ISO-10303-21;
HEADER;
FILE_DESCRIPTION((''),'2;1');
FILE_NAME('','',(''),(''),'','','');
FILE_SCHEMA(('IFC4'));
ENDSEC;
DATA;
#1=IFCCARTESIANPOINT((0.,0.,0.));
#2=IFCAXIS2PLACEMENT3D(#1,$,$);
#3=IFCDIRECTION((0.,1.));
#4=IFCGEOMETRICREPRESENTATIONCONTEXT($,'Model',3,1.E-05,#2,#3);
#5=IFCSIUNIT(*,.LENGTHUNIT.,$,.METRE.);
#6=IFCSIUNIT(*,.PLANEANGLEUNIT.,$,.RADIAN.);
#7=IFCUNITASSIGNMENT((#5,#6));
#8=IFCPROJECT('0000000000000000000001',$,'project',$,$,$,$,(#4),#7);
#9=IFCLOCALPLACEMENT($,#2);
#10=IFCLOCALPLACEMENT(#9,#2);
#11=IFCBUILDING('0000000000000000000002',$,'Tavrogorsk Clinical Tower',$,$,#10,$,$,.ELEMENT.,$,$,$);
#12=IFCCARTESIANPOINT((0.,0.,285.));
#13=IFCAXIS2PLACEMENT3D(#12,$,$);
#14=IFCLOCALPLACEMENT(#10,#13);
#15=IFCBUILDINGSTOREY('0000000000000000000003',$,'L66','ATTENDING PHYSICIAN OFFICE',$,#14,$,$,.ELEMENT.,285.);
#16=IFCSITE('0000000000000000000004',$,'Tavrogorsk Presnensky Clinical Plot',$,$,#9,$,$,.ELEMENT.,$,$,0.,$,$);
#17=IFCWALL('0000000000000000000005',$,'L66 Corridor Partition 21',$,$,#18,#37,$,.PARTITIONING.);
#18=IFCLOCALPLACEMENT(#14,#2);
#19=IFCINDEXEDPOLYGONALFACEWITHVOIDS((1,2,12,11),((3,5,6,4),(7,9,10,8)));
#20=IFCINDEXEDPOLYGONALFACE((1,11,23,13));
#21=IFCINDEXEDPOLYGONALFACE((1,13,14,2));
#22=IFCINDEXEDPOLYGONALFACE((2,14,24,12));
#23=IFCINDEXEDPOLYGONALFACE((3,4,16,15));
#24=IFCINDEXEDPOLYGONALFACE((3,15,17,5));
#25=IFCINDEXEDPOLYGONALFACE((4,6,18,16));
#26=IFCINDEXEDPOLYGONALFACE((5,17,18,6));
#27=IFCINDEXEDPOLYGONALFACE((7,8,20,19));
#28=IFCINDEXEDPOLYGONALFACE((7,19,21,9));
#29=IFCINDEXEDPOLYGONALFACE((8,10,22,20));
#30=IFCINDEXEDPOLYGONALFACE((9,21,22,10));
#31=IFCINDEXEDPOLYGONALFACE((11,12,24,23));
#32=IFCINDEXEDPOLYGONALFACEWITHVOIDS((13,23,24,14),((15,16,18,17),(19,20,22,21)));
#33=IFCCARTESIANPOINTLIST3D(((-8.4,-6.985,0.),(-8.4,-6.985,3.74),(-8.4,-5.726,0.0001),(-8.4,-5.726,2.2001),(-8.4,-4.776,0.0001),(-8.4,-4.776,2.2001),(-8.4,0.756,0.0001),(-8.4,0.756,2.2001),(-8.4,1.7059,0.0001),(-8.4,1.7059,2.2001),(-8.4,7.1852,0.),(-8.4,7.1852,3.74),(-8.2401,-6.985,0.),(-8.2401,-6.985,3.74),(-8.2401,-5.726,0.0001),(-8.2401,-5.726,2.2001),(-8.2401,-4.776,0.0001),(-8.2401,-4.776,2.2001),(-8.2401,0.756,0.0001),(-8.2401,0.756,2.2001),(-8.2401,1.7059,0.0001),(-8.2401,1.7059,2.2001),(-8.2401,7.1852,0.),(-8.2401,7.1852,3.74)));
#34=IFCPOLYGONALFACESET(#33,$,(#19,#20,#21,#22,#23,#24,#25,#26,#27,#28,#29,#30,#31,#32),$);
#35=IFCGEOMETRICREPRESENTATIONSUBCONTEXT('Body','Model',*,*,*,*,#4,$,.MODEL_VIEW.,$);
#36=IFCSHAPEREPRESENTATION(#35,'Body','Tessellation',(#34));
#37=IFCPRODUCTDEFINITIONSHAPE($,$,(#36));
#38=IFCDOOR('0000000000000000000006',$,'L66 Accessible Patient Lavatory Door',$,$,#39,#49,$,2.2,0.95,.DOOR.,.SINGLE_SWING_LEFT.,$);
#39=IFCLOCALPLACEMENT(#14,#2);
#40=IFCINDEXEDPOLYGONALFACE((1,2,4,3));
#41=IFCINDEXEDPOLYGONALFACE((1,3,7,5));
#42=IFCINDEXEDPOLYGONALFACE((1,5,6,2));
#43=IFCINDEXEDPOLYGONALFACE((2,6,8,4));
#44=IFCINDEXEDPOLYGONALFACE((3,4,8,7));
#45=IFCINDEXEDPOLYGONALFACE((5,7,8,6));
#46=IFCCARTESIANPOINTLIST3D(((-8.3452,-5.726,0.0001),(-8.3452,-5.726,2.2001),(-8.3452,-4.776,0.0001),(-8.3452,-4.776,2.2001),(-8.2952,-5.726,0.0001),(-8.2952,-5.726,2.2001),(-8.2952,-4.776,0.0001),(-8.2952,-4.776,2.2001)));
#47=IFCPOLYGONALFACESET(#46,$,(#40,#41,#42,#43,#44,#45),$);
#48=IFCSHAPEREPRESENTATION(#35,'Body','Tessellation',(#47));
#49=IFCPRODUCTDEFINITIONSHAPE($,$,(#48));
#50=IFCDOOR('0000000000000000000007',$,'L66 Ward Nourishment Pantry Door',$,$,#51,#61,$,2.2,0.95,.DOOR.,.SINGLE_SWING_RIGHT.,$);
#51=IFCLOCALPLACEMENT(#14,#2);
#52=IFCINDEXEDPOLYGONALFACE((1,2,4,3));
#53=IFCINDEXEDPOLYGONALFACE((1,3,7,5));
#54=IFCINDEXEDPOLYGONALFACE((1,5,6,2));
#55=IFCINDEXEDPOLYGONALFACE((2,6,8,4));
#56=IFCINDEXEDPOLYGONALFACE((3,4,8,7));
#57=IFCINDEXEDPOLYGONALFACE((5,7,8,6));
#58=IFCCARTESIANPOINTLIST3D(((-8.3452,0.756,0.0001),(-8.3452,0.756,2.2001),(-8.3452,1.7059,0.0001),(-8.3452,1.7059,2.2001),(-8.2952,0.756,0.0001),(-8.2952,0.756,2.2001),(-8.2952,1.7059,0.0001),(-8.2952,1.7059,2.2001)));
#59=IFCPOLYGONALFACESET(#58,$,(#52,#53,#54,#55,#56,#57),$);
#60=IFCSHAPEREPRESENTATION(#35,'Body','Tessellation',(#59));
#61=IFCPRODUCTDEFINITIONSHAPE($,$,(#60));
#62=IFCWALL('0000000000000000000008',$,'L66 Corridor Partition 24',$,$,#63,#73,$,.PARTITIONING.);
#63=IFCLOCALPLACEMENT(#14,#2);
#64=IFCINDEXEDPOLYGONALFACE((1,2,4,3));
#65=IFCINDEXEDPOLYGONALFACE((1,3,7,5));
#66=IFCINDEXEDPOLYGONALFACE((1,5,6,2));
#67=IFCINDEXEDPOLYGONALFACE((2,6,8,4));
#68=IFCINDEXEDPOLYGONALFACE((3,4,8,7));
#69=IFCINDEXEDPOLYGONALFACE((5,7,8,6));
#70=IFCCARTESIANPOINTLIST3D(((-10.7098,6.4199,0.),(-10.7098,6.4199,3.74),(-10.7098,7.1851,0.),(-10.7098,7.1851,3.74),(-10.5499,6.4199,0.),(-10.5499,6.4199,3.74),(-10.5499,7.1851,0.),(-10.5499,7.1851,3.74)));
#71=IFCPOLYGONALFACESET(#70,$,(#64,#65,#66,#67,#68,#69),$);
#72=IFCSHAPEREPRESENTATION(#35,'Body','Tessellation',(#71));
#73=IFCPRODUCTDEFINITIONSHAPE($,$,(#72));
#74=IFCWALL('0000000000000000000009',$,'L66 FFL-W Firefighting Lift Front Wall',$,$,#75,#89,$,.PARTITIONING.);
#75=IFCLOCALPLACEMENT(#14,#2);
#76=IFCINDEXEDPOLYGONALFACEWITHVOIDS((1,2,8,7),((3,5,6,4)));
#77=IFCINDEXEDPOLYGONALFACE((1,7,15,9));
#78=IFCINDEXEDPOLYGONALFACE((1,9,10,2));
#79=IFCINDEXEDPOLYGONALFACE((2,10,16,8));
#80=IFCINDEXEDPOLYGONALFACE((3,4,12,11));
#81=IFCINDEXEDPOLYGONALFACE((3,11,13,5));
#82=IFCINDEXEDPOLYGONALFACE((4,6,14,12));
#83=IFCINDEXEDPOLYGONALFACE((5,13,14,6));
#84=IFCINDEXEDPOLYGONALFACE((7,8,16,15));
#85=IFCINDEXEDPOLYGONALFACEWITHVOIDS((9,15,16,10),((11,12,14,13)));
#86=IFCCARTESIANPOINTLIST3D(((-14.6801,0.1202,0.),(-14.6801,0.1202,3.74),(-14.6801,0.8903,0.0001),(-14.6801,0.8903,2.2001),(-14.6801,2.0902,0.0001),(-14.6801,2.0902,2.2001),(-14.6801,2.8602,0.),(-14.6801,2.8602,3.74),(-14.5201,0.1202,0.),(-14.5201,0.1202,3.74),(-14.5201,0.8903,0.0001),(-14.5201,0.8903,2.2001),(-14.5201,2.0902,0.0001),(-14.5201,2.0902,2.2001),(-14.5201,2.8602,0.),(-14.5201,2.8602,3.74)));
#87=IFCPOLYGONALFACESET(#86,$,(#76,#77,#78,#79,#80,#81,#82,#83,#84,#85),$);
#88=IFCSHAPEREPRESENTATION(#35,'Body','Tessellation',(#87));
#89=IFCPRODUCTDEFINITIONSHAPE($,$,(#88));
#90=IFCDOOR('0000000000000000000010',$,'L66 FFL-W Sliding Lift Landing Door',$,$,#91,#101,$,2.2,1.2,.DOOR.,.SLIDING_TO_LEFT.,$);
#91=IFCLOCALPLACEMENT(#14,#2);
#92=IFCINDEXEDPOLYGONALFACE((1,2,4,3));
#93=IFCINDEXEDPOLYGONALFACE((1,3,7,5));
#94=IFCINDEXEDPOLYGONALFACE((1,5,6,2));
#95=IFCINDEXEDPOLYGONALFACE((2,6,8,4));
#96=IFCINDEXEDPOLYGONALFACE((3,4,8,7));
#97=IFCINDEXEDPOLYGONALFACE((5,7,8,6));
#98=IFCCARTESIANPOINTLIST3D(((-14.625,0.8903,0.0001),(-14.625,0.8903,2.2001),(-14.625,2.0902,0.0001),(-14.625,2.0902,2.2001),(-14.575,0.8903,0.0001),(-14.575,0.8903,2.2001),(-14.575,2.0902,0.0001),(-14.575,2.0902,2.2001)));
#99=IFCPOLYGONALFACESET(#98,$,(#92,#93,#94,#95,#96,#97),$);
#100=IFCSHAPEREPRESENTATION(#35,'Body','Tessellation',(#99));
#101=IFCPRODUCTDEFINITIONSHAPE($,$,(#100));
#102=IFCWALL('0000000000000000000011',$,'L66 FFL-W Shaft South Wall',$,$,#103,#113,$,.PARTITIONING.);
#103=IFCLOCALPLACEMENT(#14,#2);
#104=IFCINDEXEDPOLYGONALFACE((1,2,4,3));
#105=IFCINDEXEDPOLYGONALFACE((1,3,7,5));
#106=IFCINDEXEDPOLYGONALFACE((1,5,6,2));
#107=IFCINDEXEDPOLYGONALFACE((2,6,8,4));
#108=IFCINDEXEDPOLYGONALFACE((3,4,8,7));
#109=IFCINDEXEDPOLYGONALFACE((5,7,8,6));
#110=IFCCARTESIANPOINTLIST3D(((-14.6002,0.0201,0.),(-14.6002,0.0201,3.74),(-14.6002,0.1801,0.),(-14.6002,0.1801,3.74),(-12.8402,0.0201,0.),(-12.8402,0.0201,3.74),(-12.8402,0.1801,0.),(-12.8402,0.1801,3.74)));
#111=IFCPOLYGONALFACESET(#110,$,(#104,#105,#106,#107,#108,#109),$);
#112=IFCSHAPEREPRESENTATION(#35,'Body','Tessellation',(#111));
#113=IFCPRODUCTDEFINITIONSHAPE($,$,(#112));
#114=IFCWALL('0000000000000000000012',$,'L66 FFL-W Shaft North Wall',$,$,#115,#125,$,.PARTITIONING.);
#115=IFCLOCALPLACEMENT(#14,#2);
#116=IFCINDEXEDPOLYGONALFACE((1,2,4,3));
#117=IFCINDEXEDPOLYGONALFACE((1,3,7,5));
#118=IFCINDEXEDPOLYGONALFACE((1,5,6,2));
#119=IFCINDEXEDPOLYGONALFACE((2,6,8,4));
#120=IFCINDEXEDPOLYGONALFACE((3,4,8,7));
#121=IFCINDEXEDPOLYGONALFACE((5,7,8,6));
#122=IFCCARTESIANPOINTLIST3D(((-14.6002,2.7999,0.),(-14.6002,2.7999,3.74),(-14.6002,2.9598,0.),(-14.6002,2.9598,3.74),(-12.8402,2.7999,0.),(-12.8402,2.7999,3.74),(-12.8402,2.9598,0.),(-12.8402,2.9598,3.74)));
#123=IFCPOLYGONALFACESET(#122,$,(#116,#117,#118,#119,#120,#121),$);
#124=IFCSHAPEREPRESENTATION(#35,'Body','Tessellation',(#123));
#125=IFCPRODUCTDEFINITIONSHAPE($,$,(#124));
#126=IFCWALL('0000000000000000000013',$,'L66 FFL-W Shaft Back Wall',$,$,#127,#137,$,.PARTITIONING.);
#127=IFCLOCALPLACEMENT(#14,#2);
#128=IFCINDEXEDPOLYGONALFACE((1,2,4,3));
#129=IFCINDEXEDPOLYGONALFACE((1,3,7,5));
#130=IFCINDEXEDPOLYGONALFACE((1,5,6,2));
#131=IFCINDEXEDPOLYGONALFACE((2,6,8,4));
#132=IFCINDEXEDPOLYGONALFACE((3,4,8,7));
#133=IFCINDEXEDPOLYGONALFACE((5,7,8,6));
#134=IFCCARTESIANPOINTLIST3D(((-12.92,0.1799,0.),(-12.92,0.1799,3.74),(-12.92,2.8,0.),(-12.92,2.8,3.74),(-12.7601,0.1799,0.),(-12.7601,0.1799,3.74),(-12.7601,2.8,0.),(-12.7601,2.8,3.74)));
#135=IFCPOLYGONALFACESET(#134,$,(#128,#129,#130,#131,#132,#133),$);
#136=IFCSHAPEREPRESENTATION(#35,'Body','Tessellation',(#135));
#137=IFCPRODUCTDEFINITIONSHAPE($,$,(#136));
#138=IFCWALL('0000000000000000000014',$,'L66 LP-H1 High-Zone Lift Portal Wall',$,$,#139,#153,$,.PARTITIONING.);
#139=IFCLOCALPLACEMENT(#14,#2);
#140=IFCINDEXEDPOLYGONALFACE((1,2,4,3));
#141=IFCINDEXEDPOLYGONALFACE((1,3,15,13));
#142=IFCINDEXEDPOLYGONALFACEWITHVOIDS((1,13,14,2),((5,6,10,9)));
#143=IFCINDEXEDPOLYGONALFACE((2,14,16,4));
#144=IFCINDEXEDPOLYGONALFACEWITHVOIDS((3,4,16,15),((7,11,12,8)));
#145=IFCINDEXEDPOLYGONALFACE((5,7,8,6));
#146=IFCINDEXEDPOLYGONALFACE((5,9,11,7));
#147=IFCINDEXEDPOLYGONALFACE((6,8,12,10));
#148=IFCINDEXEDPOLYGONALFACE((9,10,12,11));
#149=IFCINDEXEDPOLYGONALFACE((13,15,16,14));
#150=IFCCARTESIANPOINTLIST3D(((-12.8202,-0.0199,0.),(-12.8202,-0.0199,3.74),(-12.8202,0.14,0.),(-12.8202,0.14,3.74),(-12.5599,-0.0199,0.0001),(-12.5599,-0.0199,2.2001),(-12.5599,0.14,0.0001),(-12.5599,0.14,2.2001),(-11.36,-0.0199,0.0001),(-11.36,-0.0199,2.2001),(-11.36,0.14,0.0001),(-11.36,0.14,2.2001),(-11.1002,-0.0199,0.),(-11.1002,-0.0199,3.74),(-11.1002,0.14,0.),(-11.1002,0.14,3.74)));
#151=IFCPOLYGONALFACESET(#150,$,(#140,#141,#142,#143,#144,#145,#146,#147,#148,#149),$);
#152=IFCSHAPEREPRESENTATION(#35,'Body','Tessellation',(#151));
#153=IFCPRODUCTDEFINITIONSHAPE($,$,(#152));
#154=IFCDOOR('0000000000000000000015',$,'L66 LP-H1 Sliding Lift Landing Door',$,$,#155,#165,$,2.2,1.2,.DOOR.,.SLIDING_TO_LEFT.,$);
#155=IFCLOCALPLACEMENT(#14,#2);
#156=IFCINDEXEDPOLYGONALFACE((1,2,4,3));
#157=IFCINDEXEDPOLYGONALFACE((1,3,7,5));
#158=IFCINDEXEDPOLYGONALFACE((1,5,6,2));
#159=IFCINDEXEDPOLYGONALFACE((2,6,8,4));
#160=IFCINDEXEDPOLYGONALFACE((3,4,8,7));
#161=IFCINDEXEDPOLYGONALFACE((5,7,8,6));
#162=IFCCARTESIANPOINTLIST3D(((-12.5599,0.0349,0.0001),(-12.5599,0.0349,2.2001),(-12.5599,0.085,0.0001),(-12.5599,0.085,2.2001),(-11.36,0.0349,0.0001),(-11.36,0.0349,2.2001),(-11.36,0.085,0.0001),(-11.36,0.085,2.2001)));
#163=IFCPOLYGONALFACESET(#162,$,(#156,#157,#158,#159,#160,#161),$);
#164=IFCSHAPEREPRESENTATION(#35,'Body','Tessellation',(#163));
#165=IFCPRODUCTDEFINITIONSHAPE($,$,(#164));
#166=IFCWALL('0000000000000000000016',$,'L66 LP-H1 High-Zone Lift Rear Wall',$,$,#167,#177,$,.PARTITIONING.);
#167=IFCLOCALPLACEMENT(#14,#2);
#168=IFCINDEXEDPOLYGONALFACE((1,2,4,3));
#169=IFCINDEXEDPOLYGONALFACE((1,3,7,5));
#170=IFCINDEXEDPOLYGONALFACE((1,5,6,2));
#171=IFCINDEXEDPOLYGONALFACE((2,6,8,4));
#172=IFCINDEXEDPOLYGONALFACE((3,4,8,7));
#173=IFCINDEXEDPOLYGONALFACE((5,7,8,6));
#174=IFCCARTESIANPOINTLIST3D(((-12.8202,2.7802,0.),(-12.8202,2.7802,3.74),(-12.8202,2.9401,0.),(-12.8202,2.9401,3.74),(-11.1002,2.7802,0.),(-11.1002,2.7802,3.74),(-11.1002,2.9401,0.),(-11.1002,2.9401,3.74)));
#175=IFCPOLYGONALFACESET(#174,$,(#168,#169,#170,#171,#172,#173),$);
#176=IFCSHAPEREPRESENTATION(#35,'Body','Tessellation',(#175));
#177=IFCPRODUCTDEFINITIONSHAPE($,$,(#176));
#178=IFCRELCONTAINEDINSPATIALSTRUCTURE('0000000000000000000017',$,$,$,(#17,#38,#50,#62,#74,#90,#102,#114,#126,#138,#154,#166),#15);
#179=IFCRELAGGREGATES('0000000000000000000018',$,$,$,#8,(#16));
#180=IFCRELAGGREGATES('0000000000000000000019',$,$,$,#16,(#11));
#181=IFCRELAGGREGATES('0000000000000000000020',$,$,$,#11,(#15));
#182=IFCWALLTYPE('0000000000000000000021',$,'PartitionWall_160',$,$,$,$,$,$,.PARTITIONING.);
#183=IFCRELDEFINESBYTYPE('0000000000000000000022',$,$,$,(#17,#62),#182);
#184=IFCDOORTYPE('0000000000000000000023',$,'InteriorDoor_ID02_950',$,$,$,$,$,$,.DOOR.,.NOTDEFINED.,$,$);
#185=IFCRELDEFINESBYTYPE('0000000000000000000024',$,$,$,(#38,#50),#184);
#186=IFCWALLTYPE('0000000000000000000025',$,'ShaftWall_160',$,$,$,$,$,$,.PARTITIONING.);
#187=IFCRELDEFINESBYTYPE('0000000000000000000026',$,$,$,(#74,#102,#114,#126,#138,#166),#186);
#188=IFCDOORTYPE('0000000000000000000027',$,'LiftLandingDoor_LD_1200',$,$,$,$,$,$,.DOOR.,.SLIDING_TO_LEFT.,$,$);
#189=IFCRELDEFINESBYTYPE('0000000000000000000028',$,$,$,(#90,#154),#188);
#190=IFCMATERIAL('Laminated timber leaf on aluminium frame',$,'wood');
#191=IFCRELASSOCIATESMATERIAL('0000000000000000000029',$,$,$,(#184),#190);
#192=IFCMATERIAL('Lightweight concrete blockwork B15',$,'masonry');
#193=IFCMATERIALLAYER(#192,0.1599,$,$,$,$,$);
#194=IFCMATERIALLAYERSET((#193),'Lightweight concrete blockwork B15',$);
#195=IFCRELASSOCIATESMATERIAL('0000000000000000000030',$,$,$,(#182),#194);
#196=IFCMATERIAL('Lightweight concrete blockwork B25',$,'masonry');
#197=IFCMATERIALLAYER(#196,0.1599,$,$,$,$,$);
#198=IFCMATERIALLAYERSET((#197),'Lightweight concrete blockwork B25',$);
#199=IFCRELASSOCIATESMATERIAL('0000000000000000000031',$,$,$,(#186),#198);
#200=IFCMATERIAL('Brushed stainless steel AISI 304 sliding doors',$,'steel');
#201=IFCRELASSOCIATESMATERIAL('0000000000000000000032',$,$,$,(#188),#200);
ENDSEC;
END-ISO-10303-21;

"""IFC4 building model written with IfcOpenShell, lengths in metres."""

from ifc_helpers import new_model, si_unit, direction, frame, frame_2d, origin, place, context, subcontext, project, spatial, rectangle, extrude, material, layer, layer_set, type_object, element, fill, save


model = new_model("IFC4")

# Units and contexts
model_context = context("Model", 3, precision=1e-05, world=origin(), true_north=direction((0.0, 1.0)))
body_context = subcontext(model_context, "Body", "Model", "MODEL_VIEW")
ifc_project = project(units=[si_unit("LENGTHUNIT", "METRE"), si_unit("PLANEANGLEUNIT", "RADIAN")], contexts=[model_context])

# Site, building, storey
site_placement = place(None, origin())
site = spatial("IfcSite", under=ifc_project, at=site_placement, Name="Tavrogorsk Presnensky Clinical Plot", CompositionType="ELEMENT", RefElevation=0.0)
building_placement = place(site_placement, origin())
building = spatial("IfcBuilding", under=site, at=building_placement, Name="Tavrogorsk Clinical Tower", CompositionType="ELEMENT")
storey_placement = place(building_placement, frame((0.0, 0.0, 285.0)))
storey = spatial("IfcBuildingStorey", under=building, at=storey_placement, Name="L66", Description="ATTENDING PHYSICIAN OFFICE", CompositionType="ELEMENT", Elevation=285.0)

# Shared definitions
ifc_material_1 = material(Name="Laminated timber leaf on aluminium frame", Category="wood")
door_type_1 = type_object("IfcDoorType", Name="InteriorDoor_ID02_950", OperationType="NOTDEFINED", PredefinedType="DOOR", material=ifc_material_1)

# Wall, openings, doors
ifc_material_2 = material(Name="Lightweight concrete blockwork B15", Category="masonry")
ifc_layer_1 = layer(ifc_material_2, 0.1599)
ifc_layer_set_1 = layer_set([ifc_layer_1], Name="Lightweight concrete blockwork B15")
wall_type_1 = type_object("IfcWallType", Name="PartitionWall_160", PredefinedType="PARTITIONING", material=ifc_layer_set_1)
wall_1_placement = place(storey_placement, frame((-8.3201, 7.1851, 0.0), z_axis=(0.0, 0.0, 1.0), x_axis=(0.0, -1.0, 0.0)))
wall_1 = element("IfcWall", 1, at=wall_1_placement, inside=storey, type_object=wall_type_1, Name="L66 Corridor Partition 21", PredefinedType="PARTITIONING", context=body_context, shape_type="SweptSolid", body=[
    extrude(rectangle(XDim=14.1702, YDim=0.1599, at=frame_2d((7.085, 0.0))), origin(), (0.0, 0.0, 1.0), 3.74),
])
opening_1_placement = place(wall_1_placement, frame((11.9609, 0.0, 0.0)))
opening_1 = element("IfcOpeningElement", 2, at=opening_1_placement, cuts=wall_1, PredefinedType="OPENING", context=body_context, shape_type="SweptSolid", body=[
    extrude(rectangle(XDim=0.95, YDim=2.2, at=frame_2d((0.4751, 1.1001))), frame((0.0, 0.0898, 0.0), z_axis=(0.0, -1.0, 0.0), x_axis=(1.0, 0.0, 0.0)), (0.0, 0.0, 1.0), 0.1799),
])
opening_2_placement = place(wall_1_placement, frame((5.479, 0.0, 0.0)))
opening_2 = element("IfcOpeningElement", 3, at=opening_2_placement, cuts=wall_1, PredefinedType="OPENING", context=body_context, shape_type="SweptSolid", body=[
    extrude(rectangle(XDim=0.95, YDim=2.2, at=frame_2d((0.4751, 1.1001))), frame((0.0, 0.0898, 0.0), z_axis=(0.0, -1.0, 0.0), x_axis=(1.0, 0.0, 0.0)), (0.0, 0.0, 1.0), 0.1799),
])
door_1_placement = place(opening_1_placement, origin())
door_1 = element("IfcDoor", 4, at=door_1_placement, inside=storey, type_object=door_type_1, Name="L66 Accessible Patient Lavatory Door", OperationType="SINGLE_SWING_LEFT", OverallHeight=2.2, OverallWidth=0.95, PredefinedType="DOOR", context=body_context, shape_type="SweptSolid", body=[
    extrude(rectangle(XDim=0.95, YDim=2.2, at=frame_2d((0.4751, 1.1001))), frame((0.0, 0.0249, 0.0), z_axis=(0.0, -1.0, 0.0), x_axis=(1.0, 0.0, 0.0)), (0.0, 0.0, 1.0), 0.05),
])
fill(opening_1, door_1)
door_2_placement = place(opening_2_placement, origin())
door_2 = element("IfcDoor", 5, at=door_2_placement, inside=storey, type_object=door_type_1, Name="L66 Ward Nourishment Pantry Door", OperationType="SINGLE_SWING_RIGHT", OverallHeight=2.2, OverallWidth=0.95, PredefinedType="DOOR", context=body_context, shape_type="SweptSolid", body=[
    extrude(rectangle(XDim=0.95, YDim=2.2, at=frame_2d((0.4751, 1.1001))), frame((0.0, 0.0249, 0.0), z_axis=(0.0, -1.0, 0.0), x_axis=(1.0, 0.0, 0.0)), (0.0, 0.0, 1.0), 0.05),
])
fill(opening_2, door_2)

# Wall
wall_2_placement = place(storey_placement, frame((-10.6299, 6.4199, 0.0), z_axis=(0.0, 0.0, 1.0), x_axis=(0.0, 1.0, 0.0)))
element("IfcWall", 6, at=wall_2_placement, inside=storey, type_object=wall_type_1, Name="L66 Corridor Partition 24", PredefinedType="PARTITIONING", context=body_context, shape_type="SweptSolid", body=[
    extrude(rectangle(XDim=0.7651, YDim=0.1599, at=frame_2d((0.3826, 0.0))), origin(), (0.0, 0.0, 1.0), 3.74),
])

# Wall, opening, door
ifc_material_3 = material(Name="Lightweight concrete blockwork B25", Category="masonry")
ifc_layer_2 = layer(ifc_material_3, 0.1599)
ifc_layer_set_2 = layer_set([ifc_layer_2], Name="Lightweight concrete blockwork B25")
wall_type_2 = type_object("IfcWallType", Name="ShaftWall_160", PredefinedType="PARTITIONING", material=ifc_layer_set_2)
wall_3_placement = place(storey_placement, frame((-14.6001, 0.1201, 0.0), z_axis=(0.0, 0.0, 1.0), x_axis=(0.0, 1.0, 0.0)))
wall_3 = element("IfcWall", 7, at=wall_3_placement, inside=storey, type_object=wall_type_2, Name="L66 FFL-W Firefighting Lift Front Wall", PredefinedType="PARTITIONING", context=body_context, shape_type="SweptSolid", body=[
    extrude(rectangle(XDim=2.74, YDim=0.1599, at=frame_2d((1.3701, 0.0))), origin(), (0.0, 0.0, 1.0), 3.74),
])
opening_3_placement = place(wall_3_placement, frame((0.77, 0.0, 0.0)))
opening_3 = element("IfcOpeningElement", 8, at=opening_3_placement, cuts=wall_3, PredefinedType="OPENING", context=body_context, shape_type="SweptSolid", body=[
    extrude(rectangle(XDim=1.2, YDim=2.2, at=frame_2d((0.6001, 1.1001))), frame((0.0, 0.0898, 0.0), z_axis=(0.0, -1.0, 0.0), x_axis=(1.0, 0.0, 0.0)), (0.0, 0.0, 1.0), 0.1799),
])
ifc_material_4 = material(Name="Brushed stainless steel AISI 304 sliding doors", Category="steel")
door_type_2 = type_object("IfcDoorType", Name="LiftLandingDoor_LD_1200", OperationType="SLIDING_TO_LEFT", PredefinedType="DOOR", material=ifc_material_4)
door_3_placement = place(opening_3_placement, origin())
door_3 = element("IfcDoor", 9, at=door_3_placement, inside=storey, type_object=door_type_2, Name="L66 FFL-W Sliding Lift Landing Door", OperationType="SLIDING_TO_LEFT", OverallHeight=2.2, OverallWidth=1.2, PredefinedType="DOOR", context=body_context, shape_type="SweptSolid", body=[
    extrude(rectangle(XDim=1.2, YDim=2.2, at=frame_2d((0.6001, 1.1001))), frame((0.0, 0.0249, 0.0), z_axis=(0.0, -1.0, 0.0), x_axis=(1.0, 0.0, 0.0)), (0.0, 0.0, 1.0), 0.05),
])
fill(opening_3, door_3)

# Walls
for number, where, z_axis, x_axis, name in (
    (10, (-14.6001, 0.1001, 0.0), (0.0, 0.0, 1.0), (1.0, 0.0, 0.0), "L66 FFL-W Shaft South Wall"),
    (11, (-14.6001, 2.8799, 0.0), (0.0, 0.0, 1.0), (1.0, 0.0, 0.0), "L66 FFL-W Shaft North Wall"),
):
    element("IfcWall", number, at=place(storey_placement, frame(where, z_axis=z_axis, x_axis=x_axis)), inside=storey, type_object=wall_type_2, Name=name, PredefinedType="PARTITIONING", context=body_context, shape_type="SweptSolid", body=[
        extrude(rectangle(XDim=1.76, YDim=0.1599, at=frame_2d((0.8799, 0.0))), origin(), (0.0, 0.0, 1.0), 3.74),
    ])
wall_4_placement = place(storey_placement, frame((-12.8401, 0.1799, 0.0), z_axis=(0.0, 0.0, 1.0), x_axis=(0.0, 1.0, 0.0)))
element("IfcWall", 12, at=wall_4_placement, inside=storey, type_object=wall_type_2, Name="L66 FFL-W Shaft Back Wall", PredefinedType="PARTITIONING", context=body_context, shape_type="SweptSolid", body=[
    extrude(rectangle(XDim=2.6201, YDim=0.1599, at=frame_2d((1.3101, 0.0))), origin(), (0.0, 0.0, 1.0), 3.74),
])

# Wall, opening, door
wall_5_placement = place(storey_placement, frame((-12.8201, 0.0601, 0.0), z_axis=(0.0, 0.0, 1.0), x_axis=(1.0, 0.0, 0.0)))
wall_5 = element("IfcWall", 13, at=wall_5_placement, inside=storey, type_object=wall_type_2, Name="L66 LP-H1 High-Zone Lift Portal Wall", PredefinedType="PARTITIONING", context=body_context, shape_type="SweptSolid", body=[
    extrude(rectangle(XDim=1.72, YDim=0.1599, at=frame_2d((0.8599, 0.0))), origin(), (0.0, 0.0, 1.0), 3.74),
])
opening_4_placement = place(wall_5_placement, frame((0.26, 0.0, 0.0)))
opening_4 = element("IfcOpeningElement", 14, at=opening_4_placement, cuts=wall_5, PredefinedType="OPENING", context=body_context, shape_type="SweptSolid", body=[
    extrude(rectangle(XDim=1.2, YDim=2.2, at=frame_2d((0.6001, 1.1001))), frame((0.0, 0.0898, 0.0), z_axis=(0.0, -1.0, 0.0), x_axis=(1.0, 0.0, 0.0)), (0.0, 0.0, 1.0), 0.1799),
])
door_4_placement = place(opening_4_placement, origin())
door_4 = element("IfcDoor", 15, at=door_4_placement, inside=storey, type_object=door_type_2, Name="L66 LP-H1 Sliding Lift Landing Door", OperationType="SLIDING_TO_LEFT", OverallHeight=2.2, OverallWidth=1.2, PredefinedType="DOOR", context=body_context, shape_type="SweptSolid", body=[
    extrude(rectangle(XDim=1.2, YDim=2.2, at=frame_2d((0.6001, 1.1001))), frame((0.0, 0.0249, 0.0), z_axis=(0.0, -1.0, 0.0), x_axis=(1.0, 0.0, 0.0)), (0.0, 0.0, 1.0), 0.05),
])
fill(opening_4, door_4)

# Wall
wall_6_placement = place(storey_placement, frame((-12.8201, 2.8601, 0.0), z_axis=(0.0, 0.0, 1.0), x_axis=(1.0, 0.0, 0.0)))
element("IfcWall", 16, at=wall_6_placement, inside=storey, type_object=wall_type_2, Name="L66 LP-H1 High-Zone Lift Rear Wall", PredefinedType="PARTITIONING", context=body_context, shape_type="SweptSolid", body=[
    extrude(rectangle(XDim=1.72, YDim=0.1599, at=frame_2d((0.8599, 0.0))), origin(), (0.0, 0.0, 1.0), 3.74),
])

save(model, "model.ifc")
